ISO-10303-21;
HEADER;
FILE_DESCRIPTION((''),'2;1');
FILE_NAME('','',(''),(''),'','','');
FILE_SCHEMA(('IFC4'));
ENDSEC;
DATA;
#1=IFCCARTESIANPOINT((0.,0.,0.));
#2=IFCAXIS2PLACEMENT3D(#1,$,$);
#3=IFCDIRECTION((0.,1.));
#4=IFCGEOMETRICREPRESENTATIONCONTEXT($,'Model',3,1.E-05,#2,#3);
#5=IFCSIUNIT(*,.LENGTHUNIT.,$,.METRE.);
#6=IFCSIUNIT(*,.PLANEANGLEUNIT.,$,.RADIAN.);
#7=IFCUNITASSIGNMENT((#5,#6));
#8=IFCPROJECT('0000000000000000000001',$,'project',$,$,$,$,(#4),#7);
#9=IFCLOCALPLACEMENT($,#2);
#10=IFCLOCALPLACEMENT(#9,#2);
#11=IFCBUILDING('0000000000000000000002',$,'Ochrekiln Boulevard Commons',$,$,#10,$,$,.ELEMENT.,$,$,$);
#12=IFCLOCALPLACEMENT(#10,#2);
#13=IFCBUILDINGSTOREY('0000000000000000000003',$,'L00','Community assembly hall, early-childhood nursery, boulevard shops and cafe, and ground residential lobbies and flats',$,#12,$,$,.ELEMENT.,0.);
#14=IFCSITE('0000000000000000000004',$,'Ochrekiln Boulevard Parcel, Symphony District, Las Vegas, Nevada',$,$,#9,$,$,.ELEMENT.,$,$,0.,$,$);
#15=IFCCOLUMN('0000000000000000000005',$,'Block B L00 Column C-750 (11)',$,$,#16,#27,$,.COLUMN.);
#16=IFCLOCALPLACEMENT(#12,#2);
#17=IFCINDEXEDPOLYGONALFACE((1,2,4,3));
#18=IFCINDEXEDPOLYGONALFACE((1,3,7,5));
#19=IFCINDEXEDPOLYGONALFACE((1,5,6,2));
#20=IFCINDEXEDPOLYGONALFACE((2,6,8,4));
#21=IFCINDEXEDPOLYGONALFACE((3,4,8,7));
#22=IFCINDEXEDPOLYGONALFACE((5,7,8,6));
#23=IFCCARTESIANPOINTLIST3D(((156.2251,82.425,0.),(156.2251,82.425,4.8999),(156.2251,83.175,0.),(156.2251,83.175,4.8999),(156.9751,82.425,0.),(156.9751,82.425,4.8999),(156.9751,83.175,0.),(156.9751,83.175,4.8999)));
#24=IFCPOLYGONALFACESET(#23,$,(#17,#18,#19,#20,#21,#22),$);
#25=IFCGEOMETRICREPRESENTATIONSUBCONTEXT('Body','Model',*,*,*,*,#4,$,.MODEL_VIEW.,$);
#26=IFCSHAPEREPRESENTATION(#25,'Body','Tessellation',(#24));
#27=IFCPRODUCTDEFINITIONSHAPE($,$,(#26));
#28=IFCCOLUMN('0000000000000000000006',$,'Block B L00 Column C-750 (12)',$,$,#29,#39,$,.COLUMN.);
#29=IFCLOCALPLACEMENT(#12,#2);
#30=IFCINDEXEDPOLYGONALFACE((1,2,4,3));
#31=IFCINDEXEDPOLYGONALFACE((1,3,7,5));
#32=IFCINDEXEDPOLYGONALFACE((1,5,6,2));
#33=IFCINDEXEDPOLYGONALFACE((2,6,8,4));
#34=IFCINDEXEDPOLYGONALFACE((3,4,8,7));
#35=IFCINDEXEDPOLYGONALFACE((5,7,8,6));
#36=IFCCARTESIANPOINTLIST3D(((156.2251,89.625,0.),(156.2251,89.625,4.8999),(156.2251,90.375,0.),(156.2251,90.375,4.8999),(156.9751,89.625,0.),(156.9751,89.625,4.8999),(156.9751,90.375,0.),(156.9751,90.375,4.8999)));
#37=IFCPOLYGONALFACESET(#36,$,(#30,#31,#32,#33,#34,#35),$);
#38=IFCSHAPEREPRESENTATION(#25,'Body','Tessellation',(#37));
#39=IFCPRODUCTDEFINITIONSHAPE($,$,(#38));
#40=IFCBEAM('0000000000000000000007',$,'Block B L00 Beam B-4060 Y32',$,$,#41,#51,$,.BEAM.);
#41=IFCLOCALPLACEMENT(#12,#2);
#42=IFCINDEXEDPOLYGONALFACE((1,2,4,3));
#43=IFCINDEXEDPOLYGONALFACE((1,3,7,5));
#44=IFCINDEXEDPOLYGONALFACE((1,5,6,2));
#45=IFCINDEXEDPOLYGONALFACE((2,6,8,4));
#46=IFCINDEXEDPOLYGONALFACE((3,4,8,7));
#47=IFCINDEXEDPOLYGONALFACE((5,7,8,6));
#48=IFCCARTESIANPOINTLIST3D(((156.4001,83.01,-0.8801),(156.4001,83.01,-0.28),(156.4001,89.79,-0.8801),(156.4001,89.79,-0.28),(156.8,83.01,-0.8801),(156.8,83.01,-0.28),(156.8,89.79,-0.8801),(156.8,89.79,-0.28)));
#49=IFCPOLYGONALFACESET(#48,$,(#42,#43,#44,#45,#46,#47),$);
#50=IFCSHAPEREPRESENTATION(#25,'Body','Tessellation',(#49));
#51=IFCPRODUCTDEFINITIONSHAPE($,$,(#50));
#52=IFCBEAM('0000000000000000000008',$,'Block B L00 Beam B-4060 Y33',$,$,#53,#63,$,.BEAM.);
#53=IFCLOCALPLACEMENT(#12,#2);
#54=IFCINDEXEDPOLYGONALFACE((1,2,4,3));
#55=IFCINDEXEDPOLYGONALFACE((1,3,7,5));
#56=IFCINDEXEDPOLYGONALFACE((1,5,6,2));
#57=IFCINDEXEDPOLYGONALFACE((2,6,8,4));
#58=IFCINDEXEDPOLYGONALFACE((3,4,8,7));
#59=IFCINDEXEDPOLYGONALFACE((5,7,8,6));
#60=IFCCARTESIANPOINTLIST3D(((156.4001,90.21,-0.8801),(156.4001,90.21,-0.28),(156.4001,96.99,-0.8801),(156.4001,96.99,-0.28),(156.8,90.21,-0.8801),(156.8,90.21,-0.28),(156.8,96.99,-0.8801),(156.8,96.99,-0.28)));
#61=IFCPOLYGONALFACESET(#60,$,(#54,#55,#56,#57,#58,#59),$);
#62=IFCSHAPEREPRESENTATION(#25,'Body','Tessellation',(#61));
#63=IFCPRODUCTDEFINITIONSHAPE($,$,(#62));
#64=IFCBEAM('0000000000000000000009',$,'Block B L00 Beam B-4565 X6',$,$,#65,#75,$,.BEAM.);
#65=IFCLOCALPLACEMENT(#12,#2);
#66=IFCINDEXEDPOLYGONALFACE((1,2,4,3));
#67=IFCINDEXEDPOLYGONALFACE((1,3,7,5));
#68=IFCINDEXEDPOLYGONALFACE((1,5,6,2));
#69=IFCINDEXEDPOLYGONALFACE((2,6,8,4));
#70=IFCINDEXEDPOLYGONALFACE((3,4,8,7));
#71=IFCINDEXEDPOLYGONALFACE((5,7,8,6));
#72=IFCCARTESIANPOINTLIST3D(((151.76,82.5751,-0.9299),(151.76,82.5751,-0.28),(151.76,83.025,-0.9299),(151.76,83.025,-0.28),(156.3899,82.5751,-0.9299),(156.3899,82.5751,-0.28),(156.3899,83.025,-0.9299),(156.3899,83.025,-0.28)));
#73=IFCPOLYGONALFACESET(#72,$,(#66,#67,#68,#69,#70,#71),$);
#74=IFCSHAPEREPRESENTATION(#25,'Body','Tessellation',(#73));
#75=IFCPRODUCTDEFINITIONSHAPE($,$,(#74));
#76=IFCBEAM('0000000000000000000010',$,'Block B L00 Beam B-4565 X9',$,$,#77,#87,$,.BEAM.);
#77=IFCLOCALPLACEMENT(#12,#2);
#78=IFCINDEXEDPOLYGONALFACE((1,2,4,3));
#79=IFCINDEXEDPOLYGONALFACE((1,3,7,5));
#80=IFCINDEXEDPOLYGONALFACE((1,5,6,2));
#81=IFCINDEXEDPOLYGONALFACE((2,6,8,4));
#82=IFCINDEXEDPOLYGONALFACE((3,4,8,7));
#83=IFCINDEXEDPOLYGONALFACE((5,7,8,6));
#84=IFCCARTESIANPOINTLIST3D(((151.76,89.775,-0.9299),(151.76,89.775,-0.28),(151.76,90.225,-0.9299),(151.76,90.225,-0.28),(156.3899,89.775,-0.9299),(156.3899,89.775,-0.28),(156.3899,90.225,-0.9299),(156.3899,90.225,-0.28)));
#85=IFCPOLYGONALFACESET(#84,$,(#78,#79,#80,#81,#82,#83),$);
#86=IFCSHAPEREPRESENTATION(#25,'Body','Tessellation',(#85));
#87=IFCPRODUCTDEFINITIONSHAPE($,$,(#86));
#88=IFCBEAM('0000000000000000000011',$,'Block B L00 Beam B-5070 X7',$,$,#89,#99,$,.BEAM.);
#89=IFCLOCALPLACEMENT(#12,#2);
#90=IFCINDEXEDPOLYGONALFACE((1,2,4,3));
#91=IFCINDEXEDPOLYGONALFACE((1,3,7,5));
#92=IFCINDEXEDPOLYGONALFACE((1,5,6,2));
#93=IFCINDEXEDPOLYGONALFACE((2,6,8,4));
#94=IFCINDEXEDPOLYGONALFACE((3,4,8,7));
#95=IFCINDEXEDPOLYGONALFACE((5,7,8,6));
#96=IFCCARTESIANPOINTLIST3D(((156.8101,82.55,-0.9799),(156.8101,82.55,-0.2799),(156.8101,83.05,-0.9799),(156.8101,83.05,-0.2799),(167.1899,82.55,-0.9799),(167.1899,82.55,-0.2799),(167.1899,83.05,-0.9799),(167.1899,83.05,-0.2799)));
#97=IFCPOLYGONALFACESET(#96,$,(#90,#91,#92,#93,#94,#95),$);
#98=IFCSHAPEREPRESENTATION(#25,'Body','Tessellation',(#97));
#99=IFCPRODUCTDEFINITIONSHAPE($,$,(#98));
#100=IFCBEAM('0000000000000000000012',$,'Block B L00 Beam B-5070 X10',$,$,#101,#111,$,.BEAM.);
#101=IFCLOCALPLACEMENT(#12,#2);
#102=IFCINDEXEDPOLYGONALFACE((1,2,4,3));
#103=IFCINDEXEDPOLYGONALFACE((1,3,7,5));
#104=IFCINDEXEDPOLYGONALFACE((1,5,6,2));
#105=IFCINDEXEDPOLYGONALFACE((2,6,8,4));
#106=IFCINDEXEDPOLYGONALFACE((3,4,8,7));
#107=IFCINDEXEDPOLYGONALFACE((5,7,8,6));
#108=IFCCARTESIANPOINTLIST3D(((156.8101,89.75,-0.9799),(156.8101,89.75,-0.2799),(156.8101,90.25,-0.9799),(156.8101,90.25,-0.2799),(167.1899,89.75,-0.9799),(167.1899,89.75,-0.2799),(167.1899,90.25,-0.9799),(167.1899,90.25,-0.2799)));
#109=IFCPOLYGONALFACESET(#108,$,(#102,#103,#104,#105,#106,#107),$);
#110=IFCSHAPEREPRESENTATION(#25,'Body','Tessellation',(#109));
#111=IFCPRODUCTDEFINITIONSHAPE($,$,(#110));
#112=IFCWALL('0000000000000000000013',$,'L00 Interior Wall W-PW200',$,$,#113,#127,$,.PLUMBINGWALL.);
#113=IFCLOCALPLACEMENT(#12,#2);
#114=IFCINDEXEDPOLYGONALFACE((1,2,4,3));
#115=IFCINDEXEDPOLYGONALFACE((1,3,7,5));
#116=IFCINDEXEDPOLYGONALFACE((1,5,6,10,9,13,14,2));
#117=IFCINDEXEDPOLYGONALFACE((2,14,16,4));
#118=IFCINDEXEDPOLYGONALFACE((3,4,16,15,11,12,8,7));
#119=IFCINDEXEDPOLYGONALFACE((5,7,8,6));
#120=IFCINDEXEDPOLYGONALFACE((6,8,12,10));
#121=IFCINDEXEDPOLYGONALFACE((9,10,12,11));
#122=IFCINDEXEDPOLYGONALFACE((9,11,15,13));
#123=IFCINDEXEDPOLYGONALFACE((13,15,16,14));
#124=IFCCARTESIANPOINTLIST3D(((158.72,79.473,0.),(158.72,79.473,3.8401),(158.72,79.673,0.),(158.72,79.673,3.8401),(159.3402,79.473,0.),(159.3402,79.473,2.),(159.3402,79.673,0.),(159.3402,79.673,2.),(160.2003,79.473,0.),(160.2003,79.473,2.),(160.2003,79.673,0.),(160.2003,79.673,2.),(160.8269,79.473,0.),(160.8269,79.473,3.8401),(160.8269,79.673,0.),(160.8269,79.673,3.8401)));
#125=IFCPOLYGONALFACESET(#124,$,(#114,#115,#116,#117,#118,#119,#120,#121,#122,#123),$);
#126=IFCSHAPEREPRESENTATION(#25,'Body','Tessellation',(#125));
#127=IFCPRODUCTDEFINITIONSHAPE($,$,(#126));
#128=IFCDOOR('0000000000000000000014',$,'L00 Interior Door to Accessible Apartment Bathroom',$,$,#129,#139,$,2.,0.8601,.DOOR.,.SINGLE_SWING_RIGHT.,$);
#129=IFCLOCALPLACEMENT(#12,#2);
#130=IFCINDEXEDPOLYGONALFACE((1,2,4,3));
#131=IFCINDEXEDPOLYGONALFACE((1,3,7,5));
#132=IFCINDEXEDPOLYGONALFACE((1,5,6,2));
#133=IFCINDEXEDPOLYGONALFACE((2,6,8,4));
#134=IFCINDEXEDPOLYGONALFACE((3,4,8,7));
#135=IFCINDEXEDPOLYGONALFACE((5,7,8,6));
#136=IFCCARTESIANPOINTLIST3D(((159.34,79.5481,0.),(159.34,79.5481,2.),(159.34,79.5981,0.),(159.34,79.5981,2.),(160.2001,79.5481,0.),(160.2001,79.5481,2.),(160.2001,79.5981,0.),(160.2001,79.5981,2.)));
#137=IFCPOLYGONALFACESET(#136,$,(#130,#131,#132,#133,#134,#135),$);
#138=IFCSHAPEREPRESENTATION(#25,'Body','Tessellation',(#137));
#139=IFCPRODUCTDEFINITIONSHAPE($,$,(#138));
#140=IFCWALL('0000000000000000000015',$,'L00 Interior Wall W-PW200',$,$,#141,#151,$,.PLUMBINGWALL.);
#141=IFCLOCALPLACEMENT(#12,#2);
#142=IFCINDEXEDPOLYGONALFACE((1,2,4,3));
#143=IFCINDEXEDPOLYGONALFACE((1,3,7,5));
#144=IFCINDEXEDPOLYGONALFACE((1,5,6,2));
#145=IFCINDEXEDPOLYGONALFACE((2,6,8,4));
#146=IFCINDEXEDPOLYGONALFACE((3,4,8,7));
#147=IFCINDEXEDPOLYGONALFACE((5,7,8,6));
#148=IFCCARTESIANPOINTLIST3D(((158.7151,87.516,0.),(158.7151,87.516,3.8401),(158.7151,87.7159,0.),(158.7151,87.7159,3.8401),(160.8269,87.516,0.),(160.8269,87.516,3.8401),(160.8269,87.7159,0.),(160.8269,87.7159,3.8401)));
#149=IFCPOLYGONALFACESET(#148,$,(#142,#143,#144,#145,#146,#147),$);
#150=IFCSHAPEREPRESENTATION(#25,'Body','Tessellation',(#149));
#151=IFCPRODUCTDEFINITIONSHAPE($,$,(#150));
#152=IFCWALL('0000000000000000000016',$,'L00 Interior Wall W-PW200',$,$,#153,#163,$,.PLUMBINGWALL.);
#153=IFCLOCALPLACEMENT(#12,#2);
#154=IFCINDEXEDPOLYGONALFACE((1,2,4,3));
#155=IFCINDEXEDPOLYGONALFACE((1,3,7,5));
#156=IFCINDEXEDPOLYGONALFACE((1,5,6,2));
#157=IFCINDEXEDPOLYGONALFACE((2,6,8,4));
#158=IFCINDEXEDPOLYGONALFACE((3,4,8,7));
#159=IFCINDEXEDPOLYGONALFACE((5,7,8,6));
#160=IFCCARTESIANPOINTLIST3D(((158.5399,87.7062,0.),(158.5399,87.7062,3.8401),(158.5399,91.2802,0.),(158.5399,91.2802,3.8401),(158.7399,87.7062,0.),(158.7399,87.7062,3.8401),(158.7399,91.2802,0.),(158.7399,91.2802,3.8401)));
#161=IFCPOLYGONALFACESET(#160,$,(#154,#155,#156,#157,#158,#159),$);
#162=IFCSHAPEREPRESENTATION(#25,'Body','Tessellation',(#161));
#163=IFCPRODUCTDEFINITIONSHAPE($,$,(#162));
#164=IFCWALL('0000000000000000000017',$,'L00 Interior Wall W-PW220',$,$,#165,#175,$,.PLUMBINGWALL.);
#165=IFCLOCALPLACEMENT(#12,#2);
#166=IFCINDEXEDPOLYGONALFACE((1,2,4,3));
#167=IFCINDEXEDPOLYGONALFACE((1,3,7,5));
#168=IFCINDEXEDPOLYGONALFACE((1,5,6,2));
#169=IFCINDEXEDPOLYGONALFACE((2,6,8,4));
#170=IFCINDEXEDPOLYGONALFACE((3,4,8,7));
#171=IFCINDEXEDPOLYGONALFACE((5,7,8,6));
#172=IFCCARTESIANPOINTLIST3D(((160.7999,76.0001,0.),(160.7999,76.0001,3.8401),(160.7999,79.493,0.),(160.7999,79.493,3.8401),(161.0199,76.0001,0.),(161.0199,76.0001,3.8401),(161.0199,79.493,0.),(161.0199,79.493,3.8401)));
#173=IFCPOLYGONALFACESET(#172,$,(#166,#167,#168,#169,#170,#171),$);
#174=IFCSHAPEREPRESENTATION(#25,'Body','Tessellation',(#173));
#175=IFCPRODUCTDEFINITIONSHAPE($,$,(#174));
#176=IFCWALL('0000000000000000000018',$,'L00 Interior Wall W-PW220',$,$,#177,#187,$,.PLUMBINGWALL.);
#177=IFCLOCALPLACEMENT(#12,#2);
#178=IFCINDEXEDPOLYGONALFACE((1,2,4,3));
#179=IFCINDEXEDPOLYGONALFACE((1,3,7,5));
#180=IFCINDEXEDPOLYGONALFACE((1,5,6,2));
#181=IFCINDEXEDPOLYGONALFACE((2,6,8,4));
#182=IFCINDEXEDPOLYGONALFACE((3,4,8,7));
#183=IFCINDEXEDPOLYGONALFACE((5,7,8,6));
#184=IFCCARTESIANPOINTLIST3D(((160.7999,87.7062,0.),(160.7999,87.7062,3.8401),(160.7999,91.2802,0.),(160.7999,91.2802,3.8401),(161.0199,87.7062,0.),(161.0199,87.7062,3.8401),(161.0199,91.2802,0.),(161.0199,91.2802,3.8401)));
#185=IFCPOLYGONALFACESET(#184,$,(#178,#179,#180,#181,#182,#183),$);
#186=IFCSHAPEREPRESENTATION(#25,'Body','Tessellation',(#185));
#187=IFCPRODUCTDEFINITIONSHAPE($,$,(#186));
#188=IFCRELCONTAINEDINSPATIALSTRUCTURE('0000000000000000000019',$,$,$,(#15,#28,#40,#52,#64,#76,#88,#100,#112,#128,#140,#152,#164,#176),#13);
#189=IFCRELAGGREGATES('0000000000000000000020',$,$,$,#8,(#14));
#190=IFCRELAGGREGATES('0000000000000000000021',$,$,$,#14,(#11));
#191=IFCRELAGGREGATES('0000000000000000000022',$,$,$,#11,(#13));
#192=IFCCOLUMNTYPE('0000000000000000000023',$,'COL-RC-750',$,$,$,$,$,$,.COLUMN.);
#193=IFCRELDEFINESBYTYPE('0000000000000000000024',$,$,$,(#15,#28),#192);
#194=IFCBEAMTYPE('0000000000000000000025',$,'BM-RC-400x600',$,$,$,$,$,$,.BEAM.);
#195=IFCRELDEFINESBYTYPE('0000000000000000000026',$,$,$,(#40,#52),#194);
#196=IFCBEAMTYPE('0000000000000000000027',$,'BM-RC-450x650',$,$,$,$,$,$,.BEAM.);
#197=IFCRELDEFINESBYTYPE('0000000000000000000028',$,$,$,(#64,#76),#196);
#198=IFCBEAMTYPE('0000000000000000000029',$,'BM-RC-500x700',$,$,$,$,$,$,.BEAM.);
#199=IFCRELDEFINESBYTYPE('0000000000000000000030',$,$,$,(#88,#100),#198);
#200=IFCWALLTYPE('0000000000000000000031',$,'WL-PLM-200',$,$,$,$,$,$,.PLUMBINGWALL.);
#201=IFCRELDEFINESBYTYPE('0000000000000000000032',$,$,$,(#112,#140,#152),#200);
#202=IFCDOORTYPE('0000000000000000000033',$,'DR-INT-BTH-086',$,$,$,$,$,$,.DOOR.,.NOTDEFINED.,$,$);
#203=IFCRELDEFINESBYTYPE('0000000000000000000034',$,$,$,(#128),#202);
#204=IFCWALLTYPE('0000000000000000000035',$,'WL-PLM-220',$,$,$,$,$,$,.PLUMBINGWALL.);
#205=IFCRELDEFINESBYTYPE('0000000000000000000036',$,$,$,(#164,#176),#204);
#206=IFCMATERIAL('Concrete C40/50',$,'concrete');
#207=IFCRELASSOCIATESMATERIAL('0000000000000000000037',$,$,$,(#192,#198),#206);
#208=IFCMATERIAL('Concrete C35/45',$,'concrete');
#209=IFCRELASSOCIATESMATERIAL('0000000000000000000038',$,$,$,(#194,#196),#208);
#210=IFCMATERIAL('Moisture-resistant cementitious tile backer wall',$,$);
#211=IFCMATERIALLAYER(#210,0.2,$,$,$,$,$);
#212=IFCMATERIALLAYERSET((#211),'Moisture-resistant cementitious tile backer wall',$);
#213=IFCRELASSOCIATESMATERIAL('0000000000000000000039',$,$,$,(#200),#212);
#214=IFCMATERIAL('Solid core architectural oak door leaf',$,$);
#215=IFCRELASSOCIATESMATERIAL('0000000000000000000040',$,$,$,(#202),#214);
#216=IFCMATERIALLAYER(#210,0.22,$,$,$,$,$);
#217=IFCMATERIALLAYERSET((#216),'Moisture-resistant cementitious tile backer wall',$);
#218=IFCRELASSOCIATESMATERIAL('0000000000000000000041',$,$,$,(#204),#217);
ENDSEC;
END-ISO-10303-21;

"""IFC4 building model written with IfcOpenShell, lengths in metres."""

from ifc_helpers import new_model, si_unit, direction, frame, frame_2d, origin, origin_2d, place, context, subcontext, project, spatial, rectangle, extrude, material, layer, layer_set, material_profile, profile_set, type_object, element, fill, save


model = new_model("IFC4")

# Units and contexts
model_context = context("Model", 3, precision=1e-05, world=origin(), true_north=direction((0.0, 1.0)))
body_context = subcontext(model_context, "Body", "Model", "MODEL_VIEW")
ifc_project = project(units=[si_unit("LENGTHUNIT", "METRE"), si_unit("PLANEANGLEUNIT", "RADIAN")], contexts=[model_context])

# Site, building, storey
site_placement = place(None, origin())
site = spatial("IfcSite", under=ifc_project, at=site_placement, Name="Ochrekiln Boulevard Parcel, Symphony District, Las Vegas, Nevada", CompositionType="ELEMENT", RefElevation=0.0)
building_placement = place(site_placement, origin())
building = spatial("IfcBuilding", under=site, at=building_placement, Name="Ochrekiln Boulevard Commons", CompositionType="ELEMENT")
storey_placement = place(building_placement, origin())
storey = spatial("IfcBuildingStorey", under=building, at=storey_placement, Name="L00", Description="Community assembly hall, early-childhood nursery, boulevard shops and cafe, and ground residential lobbies and flats", CompositionType="ELEMENT", Elevation=0.0)

# Columns
ifc_material_1 = material(Name="Concrete C40/50", Category="concrete")
ifc_material_profile_1 = material_profile(ifc_material_1, rectangle(XDim=0.75, YDim=0.75, at=origin_2d()), Name="RC-COL-750x750")
ifc_profile_set_1 = profile_set([ifc_material_profile_1], Name="Concrete C40/50")
column_type = type_object("IfcColumnType", Name="COL-RC-750", PredefinedType="COLUMN", material=ifc_profile_set_1)
for number, where, z_axis, x_axis, name in (
    (1, (156.6001, 82.8, 0.0), (0.0, 0.0, 1.0), (1.0, 0.0, 0.0), "Block B L00 Column C-750 (11)"),
    (2, (156.6001, 90.0, 0.0), (0.0, 0.0, 1.0), (1.0, 0.0, 0.0), "Block B L00 Column C-750 (12)"),
):
    element("IfcColumn", number, at=place(storey_placement, frame(where, z_axis=z_axis, x_axis=x_axis)), inside=storey, type_object=column_type, Name=name, PredefinedType="COLUMN", context=body_context, shape_type="SweptSolid", body=[
        extrude(rectangle(XDim=0.75, YDim=0.75, at=origin_2d()), origin(), (0.0, 0.0, 1.0), 4.8999),
    ])

# Beams
ifc_material_2 = material(Name="Concrete C35/45", Category="concrete")
ifc_material_profile_2 = material_profile(ifc_material_2, rectangle(XDim=0.3999, YDim=0.6001, at=origin_2d()), Name="RC-BM-400x600")
ifc_profile_set_2 = profile_set([ifc_material_profile_2], Name="Concrete C35/45")
beam_type_1 = type_object("IfcBeamType", Name="BM-RC-400x600", PredefinedType="BEAM", material=ifc_profile_set_2)
for number, where, z_axis, x_axis, name in (
    (3, (156.6001, 83.01, -0.5801), (0.0, 1.0, 0.0), (-1.0, 0.0, 0.0), "Block B L00 Beam B-4060 Y32"),
    (4, (156.6001, 90.21, -0.5801), (0.0, 1.0, 0.0), (-1.0, 0.0, 0.0), "Block B L00 Beam B-4060 Y33"),
):
    element("IfcBeam", number, at=place(storey_placement, frame(where, z_axis=z_axis, x_axis=x_axis)), inside=storey, type_object=beam_type_1, Name=name, PredefinedType="BEAM", context=body_context, shape_type="SweptSolid", body=[
        extrude(rectangle(XDim=0.3999, YDim=0.6001, at=origin_2d()), origin(), (0.0, 0.0, 1.0), 6.78),
    ])
ifc_material_profile_3 = material_profile(ifc_material_2, rectangle(XDim=0.45, YDim=0.6499, at=origin_2d()), Name="RC-BM-450x650")
ifc_profile_set_3 = profile_set([ifc_material_profile_3], Name="Concrete C35/45")
beam_type_2 = type_object("IfcBeamType", Name="BM-RC-450x650", PredefinedType="BEAM", material=ifc_profile_set_3)
for number, where, z_axis, x_axis, name in (
    (5, (151.76, 82.8, -0.605), (1.0, 0.0, 0.0), (0.0, 1.0, 0.0), "Block B L00 Beam B-4565 X6"),
    (6, (151.76, 90.0, -0.605), (1.0, 0.0, 0.0), (0.0, 1.0, 0.0), "Block B L00 Beam B-4565 X9"),
):
    element("IfcBeam", number, at=place(storey_placement, frame(where, z_axis=z_axis, x_axis=x_axis)), inside=storey, type_object=beam_type_2, Name=name, PredefinedType="BEAM", context=body_context, shape_type="SweptSolid", body=[
        extrude(rectangle(XDim=0.45, YDim=0.6499, at=origin_2d()), origin(), (0.0, 0.0, 1.0), 4.6299),
    ])
ifc_material_profile_4 = material_profile(ifc_material_1, rectangle(XDim=0.5, YDim=0.7, at=origin_2d()), Name="RC-BM-500x700")
ifc_profile_set_4 = profile_set([ifc_material_profile_4], Name="Concrete C40/50")
beam_type_3 = type_object("IfcBeamType", Name="BM-RC-500x700", PredefinedType="BEAM", material=ifc_profile_set_4)
for number, where, z_axis, x_axis, name in (
    (7, (156.8101, 82.8, -0.6299), (1.0, 0.0, 0.0), (0.0, 1.0, 0.0), "Block B L00 Beam B-5070 X7"),
    (8, (156.8101, 90.0, -0.6299), (1.0, 0.0, 0.0), (0.0, 1.0, 0.0), "Block B L00 Beam B-5070 X10"),
):
    element("IfcBeam", number, at=place(storey_placement, frame(where, z_axis=z_axis, x_axis=x_axis)), inside=storey, type_object=beam_type_3, Name=name, PredefinedType="BEAM", context=body_context, shape_type="SweptSolid", body=[
        extrude(rectangle(XDim=0.5, YDim=0.7, at=origin_2d()), origin(), (0.0, 0.0, 1.0), 10.3799),
    ])

# Wall, opening, door
ifc_material_3 = material(Name="Moisture-resistant cementitious tile backer wall")
ifc_layer_1 = layer(ifc_material_3, 0.2)
ifc_layer_set_1 = layer_set([ifc_layer_1], Name="Moisture-resistant cementitious tile backer wall")
wall_type_1 = type_object("IfcWallType", Name="WL-PLM-200", PredefinedType="PLUMBINGWALL", material=ifc_layer_set_1)
wall_1_placement = place(storey_placement, frame((158.72, 79.573, 0.0), z_axis=(0.0, 0.0, 1.0), x_axis=(1.0, 0.0, 0.0)))
wall_1 = element("IfcWall", 9, at=wall_1_placement, inside=storey, type_object=wall_type_1, Name="L00 Interior Wall W-PW200", PredefinedType="PLUMBINGWALL", context=body_context, shape_type="SweptSolid", body=[
    extrude(rectangle(XDim=2.1069, YDim=0.2, at=frame_2d((1.0535, 0.0))), origin(), (0.0, 0.0, 1.0), 3.8401),
])
opening_1_placement = place(wall_1_placement, frame((0.6201, 0.0, 0.0)))
opening_1 = element("IfcOpeningElement", 10, at=opening_1_placement, cuts=wall_1, PredefinedType="OPENING", context=body_context, shape_type="SweptSolid", body=[
    extrude(rectangle(XDim=0.8601, YDim=2.0, at=frame_2d((0.4302, 1.0))), frame((0.0, 0.1099, 0.0), z_axis=(0.0, -1.0, 0.0), x_axis=(1.0, 0.0, 0.0)), (0.0, 0.0, 1.0), 0.22),
])
ifc_material_4 = material(Name="Solid core architectural oak door leaf")
door_type_1 = type_object("IfcDoorType", Name="DR-INT-BTH-086", OperationType="NOTDEFINED", PredefinedType="DOOR", material=ifc_material_4)
door_1_placement = place(opening_1_placement, frame((0.8601, 0.0, 0.0), z_axis=(0.0, 0.0, 1.0), x_axis=(-1.0, 0.0, 0.0)))
door_1 = element("IfcDoor", 11, at=door_1_placement, inside=storey, type_object=door_type_1, Name="L00 Interior Door to Accessible Apartment Bathroom", OperationType="SINGLE_SWING_RIGHT", OverallHeight=2.0, OverallWidth=0.8601, PredefinedType="DOOR", context=body_context, shape_type="SweptSolid", body=[
    extrude(rectangle(XDim=0.8601, YDim=2.0, at=frame_2d((0.4302, 1.0))), frame((0.0, 0.0249, 0.0), z_axis=(0.0, -1.0, 0.0), x_axis=(1.0, 0.0, 0.0)), (0.0, 0.0, 1.0), 0.05),
])
fill(opening_1, door_1)

# Walls
wall_2_placement = place(storey_placement, frame((158.7151, 87.616, 0.0), z_axis=(0.0, 0.0, 1.0), x_axis=(1.0, 0.0, 0.0)))
element("IfcWall", 12, at=wall_2_placement, inside=storey, type_object=wall_type_1, Name="L00 Interior Wall W-PW200", PredefinedType="PLUMBINGWALL", context=body_context, shape_type="SweptSolid", body=[
    extrude(rectangle(XDim=2.1118, YDim=0.2, at=frame_2d((1.0559, 0.0))), origin(), (0.0, 0.0, 1.0), 3.8401),
])
wall_3_placement = place(storey_placement, frame((158.6399, 87.7061, 0.0), z_axis=(0.0, 0.0, 1.0), x_axis=(0.0, 1.0, 0.0)))
element("IfcWall", 13, at=wall_3_placement, inside=storey, type_object=wall_type_1, Name="L00 Interior Wall W-PW200", PredefinedType="PLUMBINGWALL", context=body_context, shape_type="SweptSolid", body=[
    extrude(rectangle(XDim=3.574, YDim=0.2, at=frame_2d((1.7871, 0.0))), origin(), (0.0, 0.0, 1.0), 3.8401),
])
ifc_layer_2 = layer(ifc_material_3, 0.22)
ifc_layer_set_2 = layer_set([ifc_layer_2], Name="Moisture-resistant cementitious tile backer wall")
wall_type_2 = type_object("IfcWallType", Name="WL-PLM-220", PredefinedType="PLUMBINGWALL", material=ifc_layer_set_2)
wall_4_placement = place(storey_placement, frame((160.9099, 76.0, 0.0), z_axis=(0.0, 0.0, 1.0), x_axis=(0.0, 1.0, 0.0)))
element("IfcWall", 14, at=wall_4_placement, inside=storey, type_object=wall_type_2, Name="L00 Interior Wall W-PW220", PredefinedType="PLUMBINGWALL", context=body_context, shape_type="SweptSolid", body=[
    extrude(rectangle(XDim=3.4929, YDim=0.22, at=frame_2d((1.7466, 0.0))), origin(), (0.0, 0.0, 1.0), 3.8401),
])
wall_5_placement = place(storey_placement, frame((160.9099, 87.7061, 0.0), z_axis=(0.0, 0.0, 1.0), x_axis=(0.0, 1.0, 0.0)))
element("IfcWall", 15, at=wall_5_placement, inside=storey, type_object=wall_type_2, Name="L00 Interior Wall W-PW220", PredefinedType="PLUMBINGWALL", context=body_context, shape_type="SweptSolid", body=[
    extrude(rectangle(XDim=3.574, YDim=0.22, at=frame_2d((1.7871, 0.0))), origin(), (0.0, 0.0, 1.0), 3.8401),
])

save(model, "model.ifc")
